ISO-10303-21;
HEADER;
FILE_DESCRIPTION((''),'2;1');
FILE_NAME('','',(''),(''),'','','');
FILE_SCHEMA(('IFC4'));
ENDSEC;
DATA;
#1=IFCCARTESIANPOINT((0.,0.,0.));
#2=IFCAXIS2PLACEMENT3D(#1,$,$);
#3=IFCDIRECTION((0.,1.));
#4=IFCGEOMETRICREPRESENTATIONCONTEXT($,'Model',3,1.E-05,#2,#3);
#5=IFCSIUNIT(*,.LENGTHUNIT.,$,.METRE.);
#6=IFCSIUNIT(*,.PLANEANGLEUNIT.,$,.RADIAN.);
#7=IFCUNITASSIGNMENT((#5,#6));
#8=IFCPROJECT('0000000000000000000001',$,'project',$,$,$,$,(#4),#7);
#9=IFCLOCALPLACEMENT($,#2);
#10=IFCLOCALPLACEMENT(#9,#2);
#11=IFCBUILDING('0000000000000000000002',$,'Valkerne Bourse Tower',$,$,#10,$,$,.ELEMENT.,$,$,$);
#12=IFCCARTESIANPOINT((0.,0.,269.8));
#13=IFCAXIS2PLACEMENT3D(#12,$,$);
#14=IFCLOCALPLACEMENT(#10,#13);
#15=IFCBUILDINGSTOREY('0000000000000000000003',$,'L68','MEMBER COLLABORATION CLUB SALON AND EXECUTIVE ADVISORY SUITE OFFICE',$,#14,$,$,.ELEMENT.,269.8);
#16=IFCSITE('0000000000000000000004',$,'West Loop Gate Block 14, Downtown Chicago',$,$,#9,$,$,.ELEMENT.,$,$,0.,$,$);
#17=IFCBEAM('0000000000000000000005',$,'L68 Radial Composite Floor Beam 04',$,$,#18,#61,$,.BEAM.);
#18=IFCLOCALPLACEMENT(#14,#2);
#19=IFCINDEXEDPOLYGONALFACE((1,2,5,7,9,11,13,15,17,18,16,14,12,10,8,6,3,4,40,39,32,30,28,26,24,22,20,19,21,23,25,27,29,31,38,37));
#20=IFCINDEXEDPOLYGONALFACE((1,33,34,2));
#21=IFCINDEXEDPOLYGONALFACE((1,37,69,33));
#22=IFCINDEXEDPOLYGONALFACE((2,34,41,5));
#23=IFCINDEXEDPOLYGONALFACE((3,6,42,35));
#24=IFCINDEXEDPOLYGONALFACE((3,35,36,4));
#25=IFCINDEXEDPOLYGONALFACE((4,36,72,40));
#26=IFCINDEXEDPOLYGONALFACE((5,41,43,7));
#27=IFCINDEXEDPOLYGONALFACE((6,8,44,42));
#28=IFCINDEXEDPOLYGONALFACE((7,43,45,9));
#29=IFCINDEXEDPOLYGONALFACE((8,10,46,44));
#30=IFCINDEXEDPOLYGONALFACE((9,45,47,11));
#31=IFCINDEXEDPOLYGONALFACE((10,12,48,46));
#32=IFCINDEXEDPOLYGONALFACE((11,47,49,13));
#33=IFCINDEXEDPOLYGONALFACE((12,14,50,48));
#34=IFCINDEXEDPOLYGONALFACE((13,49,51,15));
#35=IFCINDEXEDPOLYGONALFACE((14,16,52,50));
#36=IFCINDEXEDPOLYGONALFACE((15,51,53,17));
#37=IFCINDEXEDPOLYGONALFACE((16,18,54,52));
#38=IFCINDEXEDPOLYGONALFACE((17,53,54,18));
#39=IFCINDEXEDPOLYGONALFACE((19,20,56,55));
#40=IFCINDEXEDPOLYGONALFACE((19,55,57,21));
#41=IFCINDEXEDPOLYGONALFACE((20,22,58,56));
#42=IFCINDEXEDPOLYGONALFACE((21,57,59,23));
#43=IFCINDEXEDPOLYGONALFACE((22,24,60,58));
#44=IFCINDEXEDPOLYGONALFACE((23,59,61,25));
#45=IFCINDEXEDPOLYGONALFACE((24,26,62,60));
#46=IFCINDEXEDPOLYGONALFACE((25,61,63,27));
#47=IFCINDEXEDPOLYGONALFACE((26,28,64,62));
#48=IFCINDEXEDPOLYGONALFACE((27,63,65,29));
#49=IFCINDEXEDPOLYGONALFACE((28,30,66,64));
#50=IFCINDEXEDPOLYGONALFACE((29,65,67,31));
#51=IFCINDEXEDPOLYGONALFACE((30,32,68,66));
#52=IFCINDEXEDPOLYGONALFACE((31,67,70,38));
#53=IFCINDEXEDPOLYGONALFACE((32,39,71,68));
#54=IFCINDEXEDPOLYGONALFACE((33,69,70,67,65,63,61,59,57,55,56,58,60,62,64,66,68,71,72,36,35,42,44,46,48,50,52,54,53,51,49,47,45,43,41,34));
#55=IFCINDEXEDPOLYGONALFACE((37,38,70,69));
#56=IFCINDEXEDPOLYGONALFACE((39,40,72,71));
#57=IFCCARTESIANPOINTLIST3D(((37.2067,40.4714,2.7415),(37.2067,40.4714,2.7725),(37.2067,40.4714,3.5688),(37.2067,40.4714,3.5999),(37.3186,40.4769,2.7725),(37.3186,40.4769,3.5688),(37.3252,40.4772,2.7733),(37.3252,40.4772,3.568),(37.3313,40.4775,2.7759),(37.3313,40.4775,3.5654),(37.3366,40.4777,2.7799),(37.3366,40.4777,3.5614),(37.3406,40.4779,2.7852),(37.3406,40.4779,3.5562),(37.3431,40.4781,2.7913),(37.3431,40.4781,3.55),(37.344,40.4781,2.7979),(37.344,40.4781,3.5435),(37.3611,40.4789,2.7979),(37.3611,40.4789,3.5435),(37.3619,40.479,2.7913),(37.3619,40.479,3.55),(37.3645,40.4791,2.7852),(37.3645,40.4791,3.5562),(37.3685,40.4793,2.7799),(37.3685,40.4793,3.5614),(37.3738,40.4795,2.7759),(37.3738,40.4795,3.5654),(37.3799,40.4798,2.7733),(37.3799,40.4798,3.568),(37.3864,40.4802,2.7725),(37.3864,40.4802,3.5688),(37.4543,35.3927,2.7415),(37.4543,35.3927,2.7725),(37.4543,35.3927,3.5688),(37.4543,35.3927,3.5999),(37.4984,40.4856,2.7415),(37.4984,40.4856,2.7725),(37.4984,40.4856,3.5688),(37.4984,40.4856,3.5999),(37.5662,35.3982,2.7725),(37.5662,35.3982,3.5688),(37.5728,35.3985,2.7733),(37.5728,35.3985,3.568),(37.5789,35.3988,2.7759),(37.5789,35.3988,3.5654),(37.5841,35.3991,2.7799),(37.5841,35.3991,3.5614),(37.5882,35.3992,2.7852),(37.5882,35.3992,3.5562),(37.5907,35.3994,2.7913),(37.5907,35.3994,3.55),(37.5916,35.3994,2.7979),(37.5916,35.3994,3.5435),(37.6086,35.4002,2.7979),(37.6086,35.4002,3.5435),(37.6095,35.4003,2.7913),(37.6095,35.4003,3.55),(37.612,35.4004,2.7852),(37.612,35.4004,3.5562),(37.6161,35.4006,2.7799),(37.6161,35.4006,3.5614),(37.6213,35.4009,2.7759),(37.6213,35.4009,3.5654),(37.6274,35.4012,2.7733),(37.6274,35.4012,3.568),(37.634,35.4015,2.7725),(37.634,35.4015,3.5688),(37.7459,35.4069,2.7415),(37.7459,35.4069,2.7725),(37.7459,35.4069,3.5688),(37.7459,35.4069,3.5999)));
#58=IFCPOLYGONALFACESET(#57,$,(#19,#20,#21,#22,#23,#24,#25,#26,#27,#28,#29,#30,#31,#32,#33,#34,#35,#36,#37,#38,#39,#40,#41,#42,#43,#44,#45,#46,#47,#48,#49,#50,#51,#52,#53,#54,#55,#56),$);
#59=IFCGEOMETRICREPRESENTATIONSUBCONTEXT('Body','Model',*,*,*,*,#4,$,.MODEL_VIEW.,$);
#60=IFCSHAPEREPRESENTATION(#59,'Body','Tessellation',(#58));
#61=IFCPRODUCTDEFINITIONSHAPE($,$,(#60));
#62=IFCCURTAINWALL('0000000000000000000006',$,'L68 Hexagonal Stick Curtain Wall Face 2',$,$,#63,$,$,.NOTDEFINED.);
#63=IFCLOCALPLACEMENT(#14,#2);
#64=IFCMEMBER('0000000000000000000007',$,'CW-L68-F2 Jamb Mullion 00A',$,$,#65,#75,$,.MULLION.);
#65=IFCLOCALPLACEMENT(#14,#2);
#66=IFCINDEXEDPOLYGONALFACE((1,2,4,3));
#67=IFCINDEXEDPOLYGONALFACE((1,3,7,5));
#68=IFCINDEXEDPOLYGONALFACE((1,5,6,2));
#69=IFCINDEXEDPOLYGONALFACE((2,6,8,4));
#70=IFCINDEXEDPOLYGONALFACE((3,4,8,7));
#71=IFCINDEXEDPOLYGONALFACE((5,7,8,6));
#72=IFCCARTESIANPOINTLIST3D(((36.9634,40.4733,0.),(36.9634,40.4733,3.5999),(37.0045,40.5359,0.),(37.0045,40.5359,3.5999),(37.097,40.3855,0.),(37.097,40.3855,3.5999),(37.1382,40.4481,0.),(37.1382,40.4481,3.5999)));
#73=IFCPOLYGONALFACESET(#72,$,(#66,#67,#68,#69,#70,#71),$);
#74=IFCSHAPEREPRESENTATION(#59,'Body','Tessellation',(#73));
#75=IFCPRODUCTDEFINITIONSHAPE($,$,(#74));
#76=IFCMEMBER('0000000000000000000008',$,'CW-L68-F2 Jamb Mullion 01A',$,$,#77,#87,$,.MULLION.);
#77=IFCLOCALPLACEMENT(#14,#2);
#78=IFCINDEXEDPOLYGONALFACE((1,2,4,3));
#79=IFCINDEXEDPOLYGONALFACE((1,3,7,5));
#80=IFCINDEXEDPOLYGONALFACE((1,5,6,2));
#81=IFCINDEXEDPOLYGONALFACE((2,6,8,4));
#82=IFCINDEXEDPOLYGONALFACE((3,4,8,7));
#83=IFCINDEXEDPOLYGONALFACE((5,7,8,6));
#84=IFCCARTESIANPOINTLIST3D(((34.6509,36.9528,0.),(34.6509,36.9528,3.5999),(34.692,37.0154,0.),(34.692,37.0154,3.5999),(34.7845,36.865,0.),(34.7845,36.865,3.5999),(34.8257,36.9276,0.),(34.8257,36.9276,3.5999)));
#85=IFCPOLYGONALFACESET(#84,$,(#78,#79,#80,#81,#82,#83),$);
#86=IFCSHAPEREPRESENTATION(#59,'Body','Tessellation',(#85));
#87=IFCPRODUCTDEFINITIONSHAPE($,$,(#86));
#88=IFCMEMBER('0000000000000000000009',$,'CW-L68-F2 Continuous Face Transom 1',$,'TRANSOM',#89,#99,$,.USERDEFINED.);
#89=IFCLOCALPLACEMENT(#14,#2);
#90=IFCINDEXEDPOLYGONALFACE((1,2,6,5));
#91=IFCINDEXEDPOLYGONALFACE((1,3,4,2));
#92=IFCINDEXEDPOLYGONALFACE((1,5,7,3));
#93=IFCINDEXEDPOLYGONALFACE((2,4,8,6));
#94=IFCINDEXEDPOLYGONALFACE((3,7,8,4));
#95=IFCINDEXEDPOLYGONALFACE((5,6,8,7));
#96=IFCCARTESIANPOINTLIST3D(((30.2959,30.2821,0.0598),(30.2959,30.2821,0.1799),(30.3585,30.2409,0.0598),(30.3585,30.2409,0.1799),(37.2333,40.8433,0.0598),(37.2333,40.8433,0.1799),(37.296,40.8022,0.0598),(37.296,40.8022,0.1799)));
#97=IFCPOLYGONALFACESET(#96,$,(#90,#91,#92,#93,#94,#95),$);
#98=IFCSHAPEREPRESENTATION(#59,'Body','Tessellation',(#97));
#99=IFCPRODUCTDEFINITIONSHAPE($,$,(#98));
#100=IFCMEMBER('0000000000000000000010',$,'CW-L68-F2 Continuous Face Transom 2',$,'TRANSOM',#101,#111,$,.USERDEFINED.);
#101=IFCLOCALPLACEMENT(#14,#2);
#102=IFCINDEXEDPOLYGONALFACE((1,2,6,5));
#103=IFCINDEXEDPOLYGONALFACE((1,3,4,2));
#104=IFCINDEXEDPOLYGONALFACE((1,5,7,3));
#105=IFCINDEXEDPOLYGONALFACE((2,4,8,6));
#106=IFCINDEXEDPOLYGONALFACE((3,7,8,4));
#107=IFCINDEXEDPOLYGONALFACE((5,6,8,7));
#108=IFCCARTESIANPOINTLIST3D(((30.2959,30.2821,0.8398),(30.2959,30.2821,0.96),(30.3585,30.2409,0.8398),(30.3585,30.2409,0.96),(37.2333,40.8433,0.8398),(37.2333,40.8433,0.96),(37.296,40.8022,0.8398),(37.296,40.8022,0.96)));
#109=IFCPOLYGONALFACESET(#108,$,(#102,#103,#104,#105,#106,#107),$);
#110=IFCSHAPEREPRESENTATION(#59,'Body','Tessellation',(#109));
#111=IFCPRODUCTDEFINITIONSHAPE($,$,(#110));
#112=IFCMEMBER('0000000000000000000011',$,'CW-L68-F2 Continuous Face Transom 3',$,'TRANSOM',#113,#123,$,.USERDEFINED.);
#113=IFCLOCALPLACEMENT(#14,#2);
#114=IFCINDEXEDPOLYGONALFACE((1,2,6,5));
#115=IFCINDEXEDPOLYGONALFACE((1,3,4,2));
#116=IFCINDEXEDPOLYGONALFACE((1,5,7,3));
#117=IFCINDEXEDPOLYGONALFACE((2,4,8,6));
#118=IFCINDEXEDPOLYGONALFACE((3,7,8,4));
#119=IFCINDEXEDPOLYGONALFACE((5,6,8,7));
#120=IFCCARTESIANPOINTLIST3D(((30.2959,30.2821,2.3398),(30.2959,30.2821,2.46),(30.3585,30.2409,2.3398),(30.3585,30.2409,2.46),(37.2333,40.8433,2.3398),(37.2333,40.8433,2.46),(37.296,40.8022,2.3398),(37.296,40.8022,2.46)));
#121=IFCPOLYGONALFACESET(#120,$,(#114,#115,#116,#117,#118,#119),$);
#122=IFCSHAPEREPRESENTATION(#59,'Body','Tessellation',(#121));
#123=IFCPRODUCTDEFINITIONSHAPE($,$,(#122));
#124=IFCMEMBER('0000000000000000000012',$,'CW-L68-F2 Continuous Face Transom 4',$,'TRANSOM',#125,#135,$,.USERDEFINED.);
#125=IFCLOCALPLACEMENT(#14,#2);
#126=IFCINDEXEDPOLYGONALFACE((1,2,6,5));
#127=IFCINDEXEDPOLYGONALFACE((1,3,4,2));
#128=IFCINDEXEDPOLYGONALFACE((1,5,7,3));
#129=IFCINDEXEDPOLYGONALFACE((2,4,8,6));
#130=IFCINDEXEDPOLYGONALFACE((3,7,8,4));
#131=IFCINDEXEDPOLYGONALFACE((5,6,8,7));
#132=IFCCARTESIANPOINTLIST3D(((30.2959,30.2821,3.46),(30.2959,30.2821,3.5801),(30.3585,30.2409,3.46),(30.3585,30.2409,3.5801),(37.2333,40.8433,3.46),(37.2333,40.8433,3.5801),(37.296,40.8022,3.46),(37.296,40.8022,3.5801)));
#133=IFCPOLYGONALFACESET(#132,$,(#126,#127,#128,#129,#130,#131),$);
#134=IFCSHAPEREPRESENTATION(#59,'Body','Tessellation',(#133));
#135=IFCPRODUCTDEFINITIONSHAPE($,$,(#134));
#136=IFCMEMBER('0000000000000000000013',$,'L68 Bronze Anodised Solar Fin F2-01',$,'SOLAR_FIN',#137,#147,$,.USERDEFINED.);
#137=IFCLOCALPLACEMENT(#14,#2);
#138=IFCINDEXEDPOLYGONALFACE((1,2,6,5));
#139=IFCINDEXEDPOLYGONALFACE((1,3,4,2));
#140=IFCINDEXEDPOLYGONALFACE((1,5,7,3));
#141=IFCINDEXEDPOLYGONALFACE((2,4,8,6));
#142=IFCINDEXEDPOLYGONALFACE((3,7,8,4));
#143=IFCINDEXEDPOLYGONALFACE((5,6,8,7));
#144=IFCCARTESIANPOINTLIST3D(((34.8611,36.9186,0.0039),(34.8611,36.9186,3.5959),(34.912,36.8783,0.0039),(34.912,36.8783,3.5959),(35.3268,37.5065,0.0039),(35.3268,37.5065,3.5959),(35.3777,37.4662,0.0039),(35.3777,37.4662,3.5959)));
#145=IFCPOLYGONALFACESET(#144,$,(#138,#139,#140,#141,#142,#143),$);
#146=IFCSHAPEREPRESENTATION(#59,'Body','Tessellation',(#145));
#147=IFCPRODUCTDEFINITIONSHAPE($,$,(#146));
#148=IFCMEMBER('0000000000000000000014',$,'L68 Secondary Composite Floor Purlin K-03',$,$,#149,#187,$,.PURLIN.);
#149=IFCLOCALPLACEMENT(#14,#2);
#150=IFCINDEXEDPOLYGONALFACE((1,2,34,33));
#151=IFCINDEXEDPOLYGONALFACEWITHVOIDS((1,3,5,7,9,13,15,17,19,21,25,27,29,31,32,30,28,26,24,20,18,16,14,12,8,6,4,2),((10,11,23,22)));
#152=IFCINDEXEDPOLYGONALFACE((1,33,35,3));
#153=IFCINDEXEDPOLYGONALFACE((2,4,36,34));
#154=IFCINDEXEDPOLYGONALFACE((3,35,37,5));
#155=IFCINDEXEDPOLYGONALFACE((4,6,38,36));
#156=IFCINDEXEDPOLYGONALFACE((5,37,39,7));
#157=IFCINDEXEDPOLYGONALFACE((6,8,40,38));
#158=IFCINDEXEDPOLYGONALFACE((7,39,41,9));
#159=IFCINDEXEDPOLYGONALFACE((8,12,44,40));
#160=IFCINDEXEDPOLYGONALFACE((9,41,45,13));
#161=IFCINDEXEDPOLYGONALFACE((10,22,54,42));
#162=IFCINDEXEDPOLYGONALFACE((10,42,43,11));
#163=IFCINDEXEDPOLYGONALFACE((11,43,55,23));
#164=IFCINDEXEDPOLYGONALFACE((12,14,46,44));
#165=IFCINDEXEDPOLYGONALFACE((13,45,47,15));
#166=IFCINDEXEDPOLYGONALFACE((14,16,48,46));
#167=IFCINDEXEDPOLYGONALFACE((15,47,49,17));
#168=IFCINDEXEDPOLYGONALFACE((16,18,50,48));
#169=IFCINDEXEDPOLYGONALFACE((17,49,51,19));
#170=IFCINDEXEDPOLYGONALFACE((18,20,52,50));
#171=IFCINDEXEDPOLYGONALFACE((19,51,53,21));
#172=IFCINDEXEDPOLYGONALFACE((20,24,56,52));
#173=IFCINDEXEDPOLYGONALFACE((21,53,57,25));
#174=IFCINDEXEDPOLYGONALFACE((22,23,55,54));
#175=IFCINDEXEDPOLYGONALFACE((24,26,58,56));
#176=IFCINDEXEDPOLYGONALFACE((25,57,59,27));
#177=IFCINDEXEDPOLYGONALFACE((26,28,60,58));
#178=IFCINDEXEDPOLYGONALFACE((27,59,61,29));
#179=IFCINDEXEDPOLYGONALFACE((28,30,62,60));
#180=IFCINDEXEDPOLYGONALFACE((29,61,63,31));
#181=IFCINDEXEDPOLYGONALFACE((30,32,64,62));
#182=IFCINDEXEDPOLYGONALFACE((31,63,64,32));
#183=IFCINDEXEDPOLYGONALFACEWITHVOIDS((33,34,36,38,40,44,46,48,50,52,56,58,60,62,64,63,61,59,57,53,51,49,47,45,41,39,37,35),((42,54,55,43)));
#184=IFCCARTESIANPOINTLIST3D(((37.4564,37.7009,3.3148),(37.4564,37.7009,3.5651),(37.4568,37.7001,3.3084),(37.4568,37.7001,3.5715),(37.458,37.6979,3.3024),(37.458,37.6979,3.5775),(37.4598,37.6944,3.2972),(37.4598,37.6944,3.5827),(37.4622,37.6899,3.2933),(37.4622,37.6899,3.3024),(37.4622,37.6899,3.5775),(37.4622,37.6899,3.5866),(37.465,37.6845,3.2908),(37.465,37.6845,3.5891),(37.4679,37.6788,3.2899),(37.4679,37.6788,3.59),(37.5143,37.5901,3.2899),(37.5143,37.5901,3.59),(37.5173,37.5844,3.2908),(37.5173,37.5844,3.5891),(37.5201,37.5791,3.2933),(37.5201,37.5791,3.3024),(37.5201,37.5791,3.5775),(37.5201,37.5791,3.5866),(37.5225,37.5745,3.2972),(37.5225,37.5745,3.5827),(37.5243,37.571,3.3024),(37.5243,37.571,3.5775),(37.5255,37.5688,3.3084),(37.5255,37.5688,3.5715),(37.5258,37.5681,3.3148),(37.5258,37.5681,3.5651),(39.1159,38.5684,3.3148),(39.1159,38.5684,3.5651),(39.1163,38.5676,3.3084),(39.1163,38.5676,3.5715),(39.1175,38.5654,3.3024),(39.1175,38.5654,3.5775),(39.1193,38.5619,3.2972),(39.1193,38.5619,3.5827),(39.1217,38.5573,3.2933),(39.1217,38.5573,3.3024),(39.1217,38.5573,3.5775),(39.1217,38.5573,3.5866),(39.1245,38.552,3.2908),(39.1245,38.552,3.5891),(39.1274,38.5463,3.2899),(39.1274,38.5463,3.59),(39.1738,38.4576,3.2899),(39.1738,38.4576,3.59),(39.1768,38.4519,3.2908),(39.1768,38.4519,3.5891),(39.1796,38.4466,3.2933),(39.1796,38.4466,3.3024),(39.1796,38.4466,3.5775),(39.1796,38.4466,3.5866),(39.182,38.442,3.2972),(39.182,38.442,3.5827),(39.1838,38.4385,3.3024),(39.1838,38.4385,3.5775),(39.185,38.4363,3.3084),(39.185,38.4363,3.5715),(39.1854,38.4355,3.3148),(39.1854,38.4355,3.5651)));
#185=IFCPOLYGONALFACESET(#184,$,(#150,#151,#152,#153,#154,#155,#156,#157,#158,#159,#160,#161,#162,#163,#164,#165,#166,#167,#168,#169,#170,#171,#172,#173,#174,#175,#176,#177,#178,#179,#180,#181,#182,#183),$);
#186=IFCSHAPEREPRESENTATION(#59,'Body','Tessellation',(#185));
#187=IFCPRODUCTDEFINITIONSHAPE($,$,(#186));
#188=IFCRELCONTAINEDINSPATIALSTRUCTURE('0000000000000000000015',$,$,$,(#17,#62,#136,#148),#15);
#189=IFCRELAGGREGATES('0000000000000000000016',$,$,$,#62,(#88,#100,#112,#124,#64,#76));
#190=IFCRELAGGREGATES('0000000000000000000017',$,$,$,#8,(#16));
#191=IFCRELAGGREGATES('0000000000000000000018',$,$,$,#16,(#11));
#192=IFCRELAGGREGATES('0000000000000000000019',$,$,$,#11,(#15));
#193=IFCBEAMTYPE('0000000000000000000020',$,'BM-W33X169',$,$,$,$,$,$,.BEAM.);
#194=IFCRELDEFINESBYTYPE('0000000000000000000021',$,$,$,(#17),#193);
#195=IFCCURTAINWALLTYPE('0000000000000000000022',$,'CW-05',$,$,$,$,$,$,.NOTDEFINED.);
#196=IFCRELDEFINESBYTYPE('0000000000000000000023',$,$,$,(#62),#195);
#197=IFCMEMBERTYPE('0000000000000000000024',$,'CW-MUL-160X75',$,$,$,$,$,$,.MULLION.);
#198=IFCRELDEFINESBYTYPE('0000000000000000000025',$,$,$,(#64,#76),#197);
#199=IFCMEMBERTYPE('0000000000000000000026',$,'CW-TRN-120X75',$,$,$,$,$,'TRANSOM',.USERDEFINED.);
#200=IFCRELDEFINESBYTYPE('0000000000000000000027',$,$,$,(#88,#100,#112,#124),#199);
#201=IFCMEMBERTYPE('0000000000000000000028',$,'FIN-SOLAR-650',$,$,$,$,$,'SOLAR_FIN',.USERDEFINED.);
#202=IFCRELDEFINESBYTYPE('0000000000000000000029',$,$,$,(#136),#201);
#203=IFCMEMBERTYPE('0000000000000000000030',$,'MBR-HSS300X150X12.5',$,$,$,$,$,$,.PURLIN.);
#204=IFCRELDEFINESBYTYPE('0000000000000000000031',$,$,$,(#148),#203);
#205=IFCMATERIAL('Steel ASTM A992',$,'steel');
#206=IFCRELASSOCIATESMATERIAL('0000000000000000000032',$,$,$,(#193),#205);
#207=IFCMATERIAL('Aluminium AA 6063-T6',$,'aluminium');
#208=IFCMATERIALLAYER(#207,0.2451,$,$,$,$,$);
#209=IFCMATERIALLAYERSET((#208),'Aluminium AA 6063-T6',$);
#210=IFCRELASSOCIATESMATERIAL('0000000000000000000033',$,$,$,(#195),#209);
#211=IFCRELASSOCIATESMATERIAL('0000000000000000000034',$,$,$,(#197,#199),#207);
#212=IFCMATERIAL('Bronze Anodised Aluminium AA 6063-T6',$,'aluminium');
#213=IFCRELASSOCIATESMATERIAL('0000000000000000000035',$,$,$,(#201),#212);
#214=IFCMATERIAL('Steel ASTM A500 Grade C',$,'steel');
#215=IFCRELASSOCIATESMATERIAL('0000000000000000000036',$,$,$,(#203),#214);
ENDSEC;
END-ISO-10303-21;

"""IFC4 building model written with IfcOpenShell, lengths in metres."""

from ifc_helpers import new_model, si_unit, direction, frame, origin, origin_2d, place, context, subcontext, project, spatial, rectangle, hollow_rectangle, i_section, extrude, material, layer, layer_set, material_profile, profile_set, type_object, element, aggregate, save


model = new_model("IFC4")

# Units and contexts
model_context = context("Model", 3, precision=1e-05, world=origin(), true_north=direction((0.0, 1.0)))
body_context = subcontext(model_context, "Body", "Model", "MODEL_VIEW")
ifc_project = project(units=[si_unit("LENGTHUNIT", "METRE"), si_unit("PLANEANGLEUNIT", "RADIAN")], contexts=[model_context])

# Site, building, storey
site_placement = place(None, origin())
site = spatial("IfcSite", under=ifc_project, at=site_placement, Name="West Loop Gate Block 14, Downtown Chicago", CompositionType="ELEMENT", RefElevation=0.0)
building_placement = place(site_placement, origin())
building = spatial("IfcBuilding", under=site, at=building_placement, Name="Valkerne Bourse Tower", CompositionType="ELEMENT")
storey_placement = place(building_placement, frame((0.0, 0.0, 269.8)))
storey = spatial("IfcBuildingStorey", under=building, at=storey_placement, Name="L68", Description="MEMBER COLLABORATION CLUB SALON AND EXECUTIVE ADVISORY SUITE OFFICE", CompositionType="ELEMENT", Elevation=269.8)

# Beam
ifc_material_1 = material(Name="Steel ASTM A992", Category="steel")
ifc_material_profile_1 = material_profile(ifc_material_1, i_section(OverallWidth=0.292, OverallDepth=0.8584, WebThickness=0.0171, FlangeThickness=0.031, FilletRadius=0.0254, at=origin_2d()), Name="W33X169")
ifc_profile_set_1 = profile_set([ifc_material_profile_1], Name="Steel ASTM A992")
beam_type_1 = type_object("IfcBeamType", Name="BM-W33X169", PredefinedType="BEAM", material=ifc_profile_set_1)
beam_1_placement = place(storey_placement, frame((37.3525, 40.4785, 3.1707), z_axis=(0.048688, -0.998814, 0.0), x_axis=(0.998814, 0.048688, 0.0)))
element("IfcBeam", 1, at=beam_1_placement, inside=storey, type_object=beam_type_1, Name="L68 Radial Composite Floor Beam 04", PredefinedType="BEAM", context=body_context, shape_type="SweptSolid", body=[
    extrude(i_section(OverallWidth=0.292, OverallDepth=0.8584, WebThickness=0.0171, FlangeThickness=0.031, FilletRadius=0.0254, at=origin_2d()), origin(), (0.0, 0.0, 1.0), 5.0847),
])

# Curtain wall, members
ifc_material_2 = material(Name="Aluminium AA 6063-T6", Category="aluminium")
ifc_layer_1 = layer(ifc_material_2, 0.2451)
ifc_layer_set_1 = layer_set([ifc_layer_1], Name="Aluminium AA 6063-T6")
curtain_wall_type = type_object("IfcCurtainWallType", Name="CW-05", PredefinedType="NOTDEFINED", material=ifc_layer_set_1)
curtain_wall_placement = place(storey_placement, origin())
curtain_wall = element("IfcCurtainWall", 2, at=curtain_wall_placement, inside=storey, type_object=curtain_wall_type, Name="L68 Hexagonal Stick Curtain Wall Face 2", PredefinedType="NOTDEFINED")
ifc_material_profile_2 = material_profile(ifc_material_2, rectangle(XDim=0.075, YDim=0.1599, at=origin_2d()), Name="CWM-75X160")
ifc_profile_set_2 = profile_set([ifc_material_profile_2], Name="Aluminium AA 6063-T6")
member_type_1 = type_object("IfcMemberType", Name="CW-MUL-160X75", PredefinedType="MULLION", material=ifc_profile_set_2)
member_1_placement = place(storey_placement, frame((37.0508, 40.4607, 0.0), z_axis=(0.0, 0.0, 1.0), x_axis=(-0.549028, -0.835804, 0.0)))
member_1 = element("IfcMember", 3, at=member_1_placement, type_object=member_type_1, Name="CW-L68-F2 Jamb Mullion 00A", PredefinedType="MULLION", context=body_context, shape_type="SweptSolid", body=[
    extrude(rectangle(XDim=0.075, YDim=0.1599, at=origin_2d()), origin(), (0.0, 0.0, 1.0), 3.5999),
])
member_2_placement = place(storey_placement, frame((34.7383, 36.9402, 0.0), z_axis=(0.0, 0.0, 1.0), x_axis=(-0.549017, -0.835811, 0.0)))
member_2 = element("IfcMember", 4, at=member_2_placement, type_object=member_type_1, Name="CW-L68-F2 Jamb Mullion 01A", PredefinedType="MULLION", context=body_context, shape_type="SweptSolid", body=[
    extrude(rectangle(XDim=0.075, YDim=0.1599, at=origin_2d()), origin(), (0.0, 0.0, 1.0), 3.5999),
])
ifc_material_profile_3 = material_profile(ifc_material_2, rectangle(XDim=0.075, YDim=0.1201, at=origin_2d()), Name="CWT-75X120")
ifc_profile_set_3 = profile_set([ifc_material_profile_3], Name="Aluminium AA 6063-T6")
member_type_2 = type_object("IfcMemberType", Name="CW-TRN-120X75", ElementType="TRANSOM", PredefinedType="USERDEFINED", material=ifc_profile_set_3)
member_3_placement = place(storey_placement, frame((37.2646, 40.8228, 0.1199), z_axis=(-0.549025, -0.835806, 0.0), x_axis=(0.835806, -0.549025, 0.0)))
member_3 = element("IfcMember", 5, at=member_3_placement, type_object=member_type_2, Name="CW-L68-F2 Continuous Face Transom 1", ObjectType="TRANSOM", PredefinedType="USERDEFINED", context=body_context, shape_type="SweptSolid", body=[
    extrude(rectangle(XDim=0.075, YDim=0.1201, at=origin_2d()), origin(), (0.0, 0.0, 1.0), 12.636),
])
member_4_placement = place(storey_placement, frame((37.2646, 40.8228, 0.8999), z_axis=(-0.549025, -0.835806, 0.0), x_axis=(0.835806, -0.549025, 0.0)))
member_4 = element("IfcMember", 6, at=member_4_placement, type_object=member_type_2, Name="CW-L68-F2 Continuous Face Transom 2", ObjectType="TRANSOM", PredefinedType="USERDEFINED", context=body_context, shape_type="SweptSolid", body=[
    extrude(rectangle(XDim=0.075, YDim=0.1201, at=origin_2d()), origin(), (0.0, 0.0, 1.0), 12.636),
])
member_5_placement = place(storey_placement, frame((37.2646, 40.8228, 2.3999), z_axis=(-0.549025, -0.835806, 0.0), x_axis=(0.835806, -0.549025, 0.0)))
member_5 = element("IfcMember", 7, at=member_5_placement, type_object=member_type_2, Name="CW-L68-F2 Continuous Face Transom 3", ObjectType="TRANSOM", PredefinedType="USERDEFINED", context=body_context, shape_type="SweptSolid", body=[
    extrude(rectangle(XDim=0.075, YDim=0.1201, at=origin_2d()), origin(), (0.0, 0.0, 1.0), 12.636),
])
member_6_placement = place(storey_placement, frame((37.2646, 40.8228, 3.52), z_axis=(-0.549025, -0.835806, 0.0), x_axis=(0.835806, -0.549025, 0.0)))
member_6 = element("IfcMember", 8, at=member_6_placement, type_object=member_type_2, Name="CW-L68-F2 Continuous Face Transom 4", ObjectType="TRANSOM", PredefinedType="USERDEFINED", context=body_context, shape_type="SweptSolid", body=[
    extrude(rectangle(XDim=0.075, YDim=0.1201, at=origin_2d()), origin(), (0.0, 0.0, 1.0), 12.636),
])

# Members
ifc_material_3 = material(Name="Bronze Anodised Aluminium AA 6063-T6", Category="aluminium")
ifc_material_profile_4 = material_profile(ifc_material_3, rectangle(XDim=0.0649, YDim=0.75, at=origin_2d()), Name="FIN-65X750")
ifc_profile_set_4 = profile_set([ifc_material_profile_4], Name="Bronze Anodised Aluminium AA 6063-T6")
member_type_3 = type_object("IfcMemberType", Name="FIN-SOLAR-650", ElementType="SOLAR_FIN", PredefinedType="USERDEFINED", material=ifc_profile_set_4)
member_7_placement = place(storey_placement, frame((35.1194, 37.1924, 0.0039), z_axis=(0.0, 0.0, 1.0), x_axis=(-0.783856, 0.620943, 0.0)))
element("IfcMember", 9, at=member_7_placement, inside=storey, type_object=member_type_3, Name="L68 Bronze Anodised Solar Fin F2-01", ObjectType="SOLAR_FIN", PredefinedType="USERDEFINED", context=body_context, shape_type="SweptSolid", body=[
    extrude(rectangle(XDim=0.0649, YDim=0.75, at=origin_2d()), origin(), (0.0, 0.0, 1.0), 3.592),
])
ifc_material_4 = material(Name="Steel ASTM A500 Grade C", Category="steel")
ifc_material_profile_5 = material_profile(ifc_material_4, hollow_rectangle(XDim=0.1499, YDim=0.3, WallThickness=0.0125, OuterFilletRadius=0.0249, at=origin_2d()), Name="HSS300X150X12.5")
ifc_profile_set_5 = profile_set([ifc_material_profile_5], Name="Steel ASTM A500 Grade C")
member_type_4 = type_object("IfcMemberType", Name="MBR-HSS300X150X12.5", PredefinedType="PURLIN", material=ifc_profile_set_5)
member_8_placement = place(storey_placement, frame((39.1506, 38.502, 3.4399), z_axis=(-0.886224, -0.463257, 0.0), x_axis=(0.463257, -0.886224, 0.0)))
element("IfcMember", 10, at=member_8_placement, inside=storey, type_object=member_type_4, Name="L68 Secondary Composite Floor Purlin K-03", PredefinedType="PURLIN", context=body_context, shape_type="SweptSolid", body=[
    extrude(hollow_rectangle(XDim=0.1499, YDim=0.3, WallThickness=0.0125, OuterFilletRadius=0.0249, at=origin_2d()), origin(), (0.0, 0.0, 1.0), 1.8726),
])

aggregate(curtain_wall, [member_3, member_4, member_5, member_6, member_1, member_2])

save(model, "model.ifc")
